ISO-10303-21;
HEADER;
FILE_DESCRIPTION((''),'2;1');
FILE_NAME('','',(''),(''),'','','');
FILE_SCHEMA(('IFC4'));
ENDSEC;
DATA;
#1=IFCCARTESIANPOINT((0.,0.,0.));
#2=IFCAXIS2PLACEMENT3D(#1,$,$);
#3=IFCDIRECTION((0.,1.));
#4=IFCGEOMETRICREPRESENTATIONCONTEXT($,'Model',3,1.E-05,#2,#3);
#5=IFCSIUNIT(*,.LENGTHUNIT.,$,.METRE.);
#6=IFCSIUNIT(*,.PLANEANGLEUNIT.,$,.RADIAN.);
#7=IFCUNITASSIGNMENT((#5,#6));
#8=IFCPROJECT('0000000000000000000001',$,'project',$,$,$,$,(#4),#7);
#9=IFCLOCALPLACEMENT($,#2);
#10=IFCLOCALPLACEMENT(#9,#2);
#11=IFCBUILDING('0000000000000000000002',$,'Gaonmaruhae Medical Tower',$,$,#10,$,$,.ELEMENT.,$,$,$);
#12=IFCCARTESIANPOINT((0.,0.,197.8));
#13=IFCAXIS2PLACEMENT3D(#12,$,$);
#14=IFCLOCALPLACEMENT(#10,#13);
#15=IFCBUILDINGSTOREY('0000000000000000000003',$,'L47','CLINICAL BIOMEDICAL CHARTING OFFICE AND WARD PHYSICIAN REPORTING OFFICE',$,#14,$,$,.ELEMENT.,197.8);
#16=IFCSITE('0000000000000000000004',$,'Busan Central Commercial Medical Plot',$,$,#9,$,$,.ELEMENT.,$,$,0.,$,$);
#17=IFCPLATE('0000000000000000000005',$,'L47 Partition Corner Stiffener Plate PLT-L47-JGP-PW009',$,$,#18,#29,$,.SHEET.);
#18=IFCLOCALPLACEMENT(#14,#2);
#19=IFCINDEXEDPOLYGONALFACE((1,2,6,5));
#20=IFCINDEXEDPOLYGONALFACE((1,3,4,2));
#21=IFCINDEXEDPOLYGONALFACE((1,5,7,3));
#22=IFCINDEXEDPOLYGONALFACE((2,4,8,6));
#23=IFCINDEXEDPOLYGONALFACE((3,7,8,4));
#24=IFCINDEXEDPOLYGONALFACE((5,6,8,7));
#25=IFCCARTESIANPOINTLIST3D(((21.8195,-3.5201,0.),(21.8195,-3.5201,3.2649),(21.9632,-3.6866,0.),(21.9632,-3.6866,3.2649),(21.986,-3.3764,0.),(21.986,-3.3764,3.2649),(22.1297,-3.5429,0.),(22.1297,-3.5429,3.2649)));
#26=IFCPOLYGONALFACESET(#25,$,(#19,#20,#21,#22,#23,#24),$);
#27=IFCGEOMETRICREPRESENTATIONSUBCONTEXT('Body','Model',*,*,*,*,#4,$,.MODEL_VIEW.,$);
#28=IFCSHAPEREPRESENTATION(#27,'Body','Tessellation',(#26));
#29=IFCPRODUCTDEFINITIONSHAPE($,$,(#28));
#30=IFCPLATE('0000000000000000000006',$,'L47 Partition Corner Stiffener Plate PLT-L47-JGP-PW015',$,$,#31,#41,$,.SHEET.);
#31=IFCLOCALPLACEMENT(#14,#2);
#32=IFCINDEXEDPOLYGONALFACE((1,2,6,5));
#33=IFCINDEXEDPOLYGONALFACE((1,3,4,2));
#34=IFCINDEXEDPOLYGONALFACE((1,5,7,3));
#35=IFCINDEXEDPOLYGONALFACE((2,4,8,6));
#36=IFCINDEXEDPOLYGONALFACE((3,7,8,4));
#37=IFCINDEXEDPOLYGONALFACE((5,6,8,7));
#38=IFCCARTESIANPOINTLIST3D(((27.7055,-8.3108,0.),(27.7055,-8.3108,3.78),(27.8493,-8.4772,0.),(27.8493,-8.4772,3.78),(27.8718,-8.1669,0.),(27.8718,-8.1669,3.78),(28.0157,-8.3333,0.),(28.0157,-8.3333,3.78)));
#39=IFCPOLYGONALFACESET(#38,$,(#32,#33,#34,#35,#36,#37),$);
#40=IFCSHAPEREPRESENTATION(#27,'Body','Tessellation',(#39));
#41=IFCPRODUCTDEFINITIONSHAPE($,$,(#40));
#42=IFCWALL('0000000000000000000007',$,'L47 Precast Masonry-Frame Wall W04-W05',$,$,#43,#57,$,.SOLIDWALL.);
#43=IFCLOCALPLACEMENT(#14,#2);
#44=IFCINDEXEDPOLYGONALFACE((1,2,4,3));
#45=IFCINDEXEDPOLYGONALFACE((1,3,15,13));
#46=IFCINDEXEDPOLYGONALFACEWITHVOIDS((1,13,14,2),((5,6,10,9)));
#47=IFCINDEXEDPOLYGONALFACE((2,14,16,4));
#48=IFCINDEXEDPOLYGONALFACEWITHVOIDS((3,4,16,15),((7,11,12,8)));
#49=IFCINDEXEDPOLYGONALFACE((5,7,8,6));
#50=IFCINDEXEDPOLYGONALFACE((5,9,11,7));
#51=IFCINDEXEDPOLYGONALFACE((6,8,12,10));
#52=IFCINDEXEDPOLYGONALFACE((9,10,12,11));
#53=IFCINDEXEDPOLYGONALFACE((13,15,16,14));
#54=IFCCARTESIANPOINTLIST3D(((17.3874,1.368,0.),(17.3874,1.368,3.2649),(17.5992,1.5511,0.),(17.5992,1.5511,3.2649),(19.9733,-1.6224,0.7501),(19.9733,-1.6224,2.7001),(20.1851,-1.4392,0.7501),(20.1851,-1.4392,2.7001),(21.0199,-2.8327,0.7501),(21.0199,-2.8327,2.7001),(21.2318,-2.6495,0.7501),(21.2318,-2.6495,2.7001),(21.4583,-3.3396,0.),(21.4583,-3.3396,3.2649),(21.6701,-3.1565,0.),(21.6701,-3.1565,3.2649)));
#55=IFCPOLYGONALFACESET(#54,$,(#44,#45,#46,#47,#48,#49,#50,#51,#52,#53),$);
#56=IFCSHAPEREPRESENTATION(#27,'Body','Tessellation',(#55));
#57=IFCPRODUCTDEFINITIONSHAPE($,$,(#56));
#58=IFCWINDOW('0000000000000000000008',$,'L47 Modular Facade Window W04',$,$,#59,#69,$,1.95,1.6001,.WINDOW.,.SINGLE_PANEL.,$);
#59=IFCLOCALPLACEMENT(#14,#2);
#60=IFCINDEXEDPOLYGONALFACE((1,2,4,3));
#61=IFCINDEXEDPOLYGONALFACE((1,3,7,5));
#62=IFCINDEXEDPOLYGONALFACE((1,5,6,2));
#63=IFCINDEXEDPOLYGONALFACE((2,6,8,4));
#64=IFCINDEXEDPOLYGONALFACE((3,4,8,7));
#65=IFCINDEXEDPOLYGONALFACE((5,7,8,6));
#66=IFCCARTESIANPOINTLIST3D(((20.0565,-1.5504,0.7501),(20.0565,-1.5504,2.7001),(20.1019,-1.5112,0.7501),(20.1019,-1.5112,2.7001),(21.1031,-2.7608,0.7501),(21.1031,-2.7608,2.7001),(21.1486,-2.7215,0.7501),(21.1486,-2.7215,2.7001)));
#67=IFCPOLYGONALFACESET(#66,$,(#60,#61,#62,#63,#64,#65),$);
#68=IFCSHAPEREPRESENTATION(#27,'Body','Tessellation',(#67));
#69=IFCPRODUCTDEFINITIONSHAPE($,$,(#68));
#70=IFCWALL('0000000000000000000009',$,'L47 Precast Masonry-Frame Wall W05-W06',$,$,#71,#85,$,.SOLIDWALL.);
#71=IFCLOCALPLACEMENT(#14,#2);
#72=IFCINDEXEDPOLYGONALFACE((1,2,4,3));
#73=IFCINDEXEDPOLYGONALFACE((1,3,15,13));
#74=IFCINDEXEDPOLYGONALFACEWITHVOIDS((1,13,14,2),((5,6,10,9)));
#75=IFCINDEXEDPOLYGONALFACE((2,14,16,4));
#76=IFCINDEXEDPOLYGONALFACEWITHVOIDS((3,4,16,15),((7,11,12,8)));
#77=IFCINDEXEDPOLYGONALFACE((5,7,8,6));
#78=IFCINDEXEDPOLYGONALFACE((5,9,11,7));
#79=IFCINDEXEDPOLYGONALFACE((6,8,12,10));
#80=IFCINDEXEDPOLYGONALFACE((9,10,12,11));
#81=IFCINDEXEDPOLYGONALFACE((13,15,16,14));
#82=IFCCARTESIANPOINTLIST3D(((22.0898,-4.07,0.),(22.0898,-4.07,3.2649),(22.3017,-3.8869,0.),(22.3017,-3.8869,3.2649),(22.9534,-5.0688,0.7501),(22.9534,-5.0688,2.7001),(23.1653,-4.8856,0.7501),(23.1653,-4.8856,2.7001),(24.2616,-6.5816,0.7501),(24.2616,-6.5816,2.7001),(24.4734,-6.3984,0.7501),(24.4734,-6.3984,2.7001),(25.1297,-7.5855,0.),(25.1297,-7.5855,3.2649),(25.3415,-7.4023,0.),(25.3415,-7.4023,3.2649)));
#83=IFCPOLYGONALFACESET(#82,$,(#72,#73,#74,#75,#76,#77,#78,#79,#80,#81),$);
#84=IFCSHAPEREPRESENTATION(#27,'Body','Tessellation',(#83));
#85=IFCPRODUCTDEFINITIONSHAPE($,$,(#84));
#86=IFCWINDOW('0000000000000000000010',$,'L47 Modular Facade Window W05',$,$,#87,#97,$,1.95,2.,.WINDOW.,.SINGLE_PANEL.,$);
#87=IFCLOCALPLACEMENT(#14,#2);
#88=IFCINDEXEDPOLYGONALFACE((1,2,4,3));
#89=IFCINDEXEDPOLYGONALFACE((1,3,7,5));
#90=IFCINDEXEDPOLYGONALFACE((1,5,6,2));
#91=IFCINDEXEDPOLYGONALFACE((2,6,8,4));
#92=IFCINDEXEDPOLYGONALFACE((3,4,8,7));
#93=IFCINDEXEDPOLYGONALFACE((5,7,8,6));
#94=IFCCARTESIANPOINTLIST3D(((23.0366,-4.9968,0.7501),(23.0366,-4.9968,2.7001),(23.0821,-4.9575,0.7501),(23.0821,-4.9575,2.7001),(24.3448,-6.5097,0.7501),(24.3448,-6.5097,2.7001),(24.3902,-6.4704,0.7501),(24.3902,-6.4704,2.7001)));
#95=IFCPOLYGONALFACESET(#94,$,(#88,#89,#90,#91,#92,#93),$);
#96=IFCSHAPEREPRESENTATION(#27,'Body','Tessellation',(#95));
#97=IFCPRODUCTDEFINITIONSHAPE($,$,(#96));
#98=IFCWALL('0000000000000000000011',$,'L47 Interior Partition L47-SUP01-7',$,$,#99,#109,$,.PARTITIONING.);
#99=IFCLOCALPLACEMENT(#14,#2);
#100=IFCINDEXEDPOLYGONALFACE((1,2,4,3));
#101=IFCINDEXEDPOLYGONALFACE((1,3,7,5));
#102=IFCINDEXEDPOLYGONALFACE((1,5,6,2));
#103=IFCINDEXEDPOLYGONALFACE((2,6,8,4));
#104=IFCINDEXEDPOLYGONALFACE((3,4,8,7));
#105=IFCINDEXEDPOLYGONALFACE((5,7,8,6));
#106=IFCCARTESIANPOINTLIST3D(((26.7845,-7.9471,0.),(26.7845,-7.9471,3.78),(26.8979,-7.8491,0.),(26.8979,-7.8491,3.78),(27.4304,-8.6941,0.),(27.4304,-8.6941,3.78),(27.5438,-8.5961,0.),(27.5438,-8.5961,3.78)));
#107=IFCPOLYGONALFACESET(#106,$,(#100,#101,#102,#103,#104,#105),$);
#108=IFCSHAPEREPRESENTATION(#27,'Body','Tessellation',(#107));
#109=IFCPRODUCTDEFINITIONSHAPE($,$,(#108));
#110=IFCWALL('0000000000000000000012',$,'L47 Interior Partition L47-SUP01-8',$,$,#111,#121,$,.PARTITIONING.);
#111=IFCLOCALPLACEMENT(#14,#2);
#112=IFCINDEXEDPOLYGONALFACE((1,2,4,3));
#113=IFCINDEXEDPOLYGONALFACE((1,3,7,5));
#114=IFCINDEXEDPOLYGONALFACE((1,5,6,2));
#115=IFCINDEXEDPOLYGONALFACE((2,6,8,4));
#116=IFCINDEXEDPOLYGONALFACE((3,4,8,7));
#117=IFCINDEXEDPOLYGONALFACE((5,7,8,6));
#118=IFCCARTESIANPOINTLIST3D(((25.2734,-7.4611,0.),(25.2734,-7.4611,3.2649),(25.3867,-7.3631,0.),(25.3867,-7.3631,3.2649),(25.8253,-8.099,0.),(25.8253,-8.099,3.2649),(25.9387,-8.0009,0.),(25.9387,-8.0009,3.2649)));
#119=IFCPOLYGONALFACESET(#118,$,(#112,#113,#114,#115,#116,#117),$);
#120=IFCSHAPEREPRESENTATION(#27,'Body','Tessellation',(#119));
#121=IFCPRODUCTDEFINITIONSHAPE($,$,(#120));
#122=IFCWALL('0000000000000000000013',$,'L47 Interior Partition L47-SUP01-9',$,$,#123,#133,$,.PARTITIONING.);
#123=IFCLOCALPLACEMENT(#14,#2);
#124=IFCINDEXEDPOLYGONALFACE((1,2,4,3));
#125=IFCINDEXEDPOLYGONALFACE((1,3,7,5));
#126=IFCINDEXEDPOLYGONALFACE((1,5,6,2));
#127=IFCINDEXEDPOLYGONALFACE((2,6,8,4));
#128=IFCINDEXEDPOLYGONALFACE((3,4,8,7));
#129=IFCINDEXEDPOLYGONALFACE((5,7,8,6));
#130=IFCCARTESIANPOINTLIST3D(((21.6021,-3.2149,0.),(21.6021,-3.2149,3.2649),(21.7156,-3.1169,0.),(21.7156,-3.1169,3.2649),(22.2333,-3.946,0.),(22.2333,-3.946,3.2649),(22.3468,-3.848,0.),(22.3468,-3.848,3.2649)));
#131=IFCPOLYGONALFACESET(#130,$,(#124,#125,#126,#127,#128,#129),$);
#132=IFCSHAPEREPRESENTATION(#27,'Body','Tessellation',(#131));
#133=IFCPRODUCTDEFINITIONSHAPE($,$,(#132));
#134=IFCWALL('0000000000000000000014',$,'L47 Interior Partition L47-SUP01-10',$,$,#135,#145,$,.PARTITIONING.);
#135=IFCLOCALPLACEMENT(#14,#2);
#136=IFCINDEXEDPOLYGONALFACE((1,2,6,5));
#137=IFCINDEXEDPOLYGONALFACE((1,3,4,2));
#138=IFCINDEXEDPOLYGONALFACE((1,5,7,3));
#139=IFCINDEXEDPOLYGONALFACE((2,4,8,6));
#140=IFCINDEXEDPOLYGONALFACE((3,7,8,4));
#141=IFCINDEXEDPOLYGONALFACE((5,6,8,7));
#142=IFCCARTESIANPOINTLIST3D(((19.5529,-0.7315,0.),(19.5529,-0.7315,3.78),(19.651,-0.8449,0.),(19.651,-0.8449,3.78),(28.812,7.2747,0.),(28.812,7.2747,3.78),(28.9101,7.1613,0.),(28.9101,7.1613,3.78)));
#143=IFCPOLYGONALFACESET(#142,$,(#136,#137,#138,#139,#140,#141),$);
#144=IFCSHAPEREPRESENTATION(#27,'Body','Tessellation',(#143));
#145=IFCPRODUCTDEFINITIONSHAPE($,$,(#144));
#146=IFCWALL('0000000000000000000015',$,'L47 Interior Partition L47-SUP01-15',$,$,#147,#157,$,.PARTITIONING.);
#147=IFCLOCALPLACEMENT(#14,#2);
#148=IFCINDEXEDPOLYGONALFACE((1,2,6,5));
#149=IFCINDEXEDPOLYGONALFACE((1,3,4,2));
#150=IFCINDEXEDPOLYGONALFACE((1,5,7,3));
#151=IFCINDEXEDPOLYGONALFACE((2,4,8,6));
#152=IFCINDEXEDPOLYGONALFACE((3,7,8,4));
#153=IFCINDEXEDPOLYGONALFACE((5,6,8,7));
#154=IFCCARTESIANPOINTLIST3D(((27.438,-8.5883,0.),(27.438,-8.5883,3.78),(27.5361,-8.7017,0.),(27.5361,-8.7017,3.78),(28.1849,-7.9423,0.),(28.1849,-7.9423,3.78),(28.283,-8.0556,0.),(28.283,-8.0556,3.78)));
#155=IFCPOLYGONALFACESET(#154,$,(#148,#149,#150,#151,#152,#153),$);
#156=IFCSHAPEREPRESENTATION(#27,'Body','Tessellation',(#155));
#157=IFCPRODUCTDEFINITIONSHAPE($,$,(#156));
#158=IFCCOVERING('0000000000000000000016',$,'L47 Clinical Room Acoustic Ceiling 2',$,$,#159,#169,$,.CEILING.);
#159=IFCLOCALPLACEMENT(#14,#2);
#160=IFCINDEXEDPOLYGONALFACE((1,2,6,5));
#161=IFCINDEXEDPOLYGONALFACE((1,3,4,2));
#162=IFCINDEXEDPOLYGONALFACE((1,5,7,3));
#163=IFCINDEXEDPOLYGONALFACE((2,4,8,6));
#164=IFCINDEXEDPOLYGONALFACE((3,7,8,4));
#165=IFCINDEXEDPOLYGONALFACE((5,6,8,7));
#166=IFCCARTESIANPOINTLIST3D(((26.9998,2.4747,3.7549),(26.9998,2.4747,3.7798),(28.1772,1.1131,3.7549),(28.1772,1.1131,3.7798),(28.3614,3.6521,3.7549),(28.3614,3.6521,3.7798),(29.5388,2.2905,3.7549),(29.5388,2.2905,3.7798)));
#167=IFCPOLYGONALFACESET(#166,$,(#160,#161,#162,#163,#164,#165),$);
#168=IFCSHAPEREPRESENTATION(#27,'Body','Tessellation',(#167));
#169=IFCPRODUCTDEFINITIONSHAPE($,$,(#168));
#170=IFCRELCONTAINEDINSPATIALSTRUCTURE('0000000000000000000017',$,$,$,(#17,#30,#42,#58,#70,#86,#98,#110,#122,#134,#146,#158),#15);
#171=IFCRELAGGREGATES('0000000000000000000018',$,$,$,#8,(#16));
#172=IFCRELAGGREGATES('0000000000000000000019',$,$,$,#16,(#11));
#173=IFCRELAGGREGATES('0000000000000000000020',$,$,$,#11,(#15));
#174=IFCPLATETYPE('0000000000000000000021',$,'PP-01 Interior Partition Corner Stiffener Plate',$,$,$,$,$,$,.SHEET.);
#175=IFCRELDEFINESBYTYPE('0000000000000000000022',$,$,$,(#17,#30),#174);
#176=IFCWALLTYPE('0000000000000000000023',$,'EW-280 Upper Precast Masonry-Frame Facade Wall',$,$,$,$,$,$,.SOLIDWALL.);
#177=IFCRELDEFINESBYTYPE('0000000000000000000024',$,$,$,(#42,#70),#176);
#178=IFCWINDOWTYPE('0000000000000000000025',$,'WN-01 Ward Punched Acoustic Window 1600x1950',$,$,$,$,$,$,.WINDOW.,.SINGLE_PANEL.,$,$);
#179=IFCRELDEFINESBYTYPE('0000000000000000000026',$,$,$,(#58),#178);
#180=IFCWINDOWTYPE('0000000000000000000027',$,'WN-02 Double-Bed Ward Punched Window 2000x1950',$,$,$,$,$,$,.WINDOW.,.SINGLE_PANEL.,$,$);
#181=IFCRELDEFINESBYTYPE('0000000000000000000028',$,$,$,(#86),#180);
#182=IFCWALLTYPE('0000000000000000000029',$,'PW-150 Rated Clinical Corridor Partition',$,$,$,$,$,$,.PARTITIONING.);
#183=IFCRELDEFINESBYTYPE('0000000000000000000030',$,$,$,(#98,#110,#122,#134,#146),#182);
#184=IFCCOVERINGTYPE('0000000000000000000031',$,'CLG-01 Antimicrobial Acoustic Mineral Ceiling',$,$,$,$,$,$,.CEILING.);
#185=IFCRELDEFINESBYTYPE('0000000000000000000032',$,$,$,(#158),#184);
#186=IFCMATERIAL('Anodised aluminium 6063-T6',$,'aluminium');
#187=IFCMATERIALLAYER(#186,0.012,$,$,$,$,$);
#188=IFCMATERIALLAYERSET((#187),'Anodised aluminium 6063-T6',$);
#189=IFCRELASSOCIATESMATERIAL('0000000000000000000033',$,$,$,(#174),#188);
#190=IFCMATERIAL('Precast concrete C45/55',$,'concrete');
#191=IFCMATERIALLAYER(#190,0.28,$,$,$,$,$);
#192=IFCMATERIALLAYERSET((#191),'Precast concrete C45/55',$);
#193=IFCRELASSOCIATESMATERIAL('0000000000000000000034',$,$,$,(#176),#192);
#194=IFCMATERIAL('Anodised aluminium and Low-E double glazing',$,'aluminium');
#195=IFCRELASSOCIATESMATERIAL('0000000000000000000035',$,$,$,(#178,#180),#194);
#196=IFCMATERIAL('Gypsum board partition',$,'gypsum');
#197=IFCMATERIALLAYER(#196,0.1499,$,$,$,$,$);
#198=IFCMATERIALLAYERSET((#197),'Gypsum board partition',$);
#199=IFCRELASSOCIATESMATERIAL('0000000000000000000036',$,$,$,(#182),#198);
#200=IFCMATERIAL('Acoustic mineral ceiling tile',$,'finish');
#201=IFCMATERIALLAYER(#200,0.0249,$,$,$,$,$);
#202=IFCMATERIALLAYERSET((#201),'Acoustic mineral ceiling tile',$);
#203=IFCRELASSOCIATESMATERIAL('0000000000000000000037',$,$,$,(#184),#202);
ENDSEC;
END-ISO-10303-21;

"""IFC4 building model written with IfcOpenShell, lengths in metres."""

from ifc_helpers import new_model, si_unit, direction, frame, frame_2d, origin, origin_2d, place, context, subcontext, project, spatial, rectangle, extrude, material, layer, layer_set, type_object, element, fill, save


model = new_model("IFC4")

# Units and contexts
model_context = context("Model", 3, precision=1e-05, world=origin(), true_north=direction((0.0, 1.0)))
body_context = subcontext(model_context, "Body", "Model", "MODEL_VIEW")
ifc_project = project(units=[si_unit("LENGTHUNIT", "METRE"), si_unit("PLANEANGLEUNIT", "RADIAN")], contexts=[model_context])

# Site, building, storey
site_placement = place(None, origin())
site = spatial("IfcSite", under=ifc_project, at=site_placement, Name="Busan Central Commercial Medical Plot", CompositionType="ELEMENT", RefElevation=0.0)
building_placement = place(site_placement, origin())
building = spatial("IfcBuilding", under=site, at=building_placement, Name="Gaonmaruhae Medical Tower", CompositionType="ELEMENT")
storey_placement = place(building_placement, frame((0.0, 0.0, 197.8)))
storey = spatial("IfcBuildingStorey", under=building, at=storey_placement, Name="L47", Description="CLINICAL BIOMEDICAL CHARTING OFFICE AND WARD PHYSICIAN REPORTING OFFICE", CompositionType="ELEMENT", Elevation=197.8)

# Plates
ifc_material_1 = material(Name="Anodised aluminium 6063-T6", Category="aluminium")
ifc_layer_1 = layer(ifc_material_1, 0.012)
ifc_layer_set_1 = layer_set([ifc_layer_1], Name="Anodised aluminium 6063-T6")
plate_type = type_object("IfcPlateType", Name="PP-01 Interior Partition Corner Stiffener Plate", PredefinedType="SHEET", material=ifc_layer_set_1)
plate_1_placement = place(storey_placement, frame((21.9746, -3.5315, 0.0), z_axis=(0.0, 0.0, 1.0), x_axis=(-0.653434, 0.756984, 0.0)))
element("IfcPlate", 1, at=plate_1_placement, inside=storey, type_object=plate_type, Name="L47 Partition Corner Stiffener Plate PLT-L47-JGP-PW009", PredefinedType="SHEET", context=body_context, shape_type="SweptSolid", body=[
    extrude(rectangle(XDim=0.22, YDim=0.22, at=origin_2d()), origin(), (0.0, 0.0, 1.0), 3.2649),
])
plate_2_placement = place(storey_placement, frame((27.8606, -8.322, 0.0), z_axis=(0.0, 0.0, 1.0), x_axis=(-0.75639, -0.654121, 0.0)))
element("IfcPlate", 2, at=plate_2_placement, inside=storey, type_object=plate_type, Name="L47 Partition Corner Stiffener Plate PLT-L47-JGP-PW015", PredefinedType="SHEET", context=body_context, shape_type="SweptSolid", body=[
    extrude(rectangle(XDim=0.22, YDim=0.22, at=origin_2d()), origin(), (0.0, 0.0, 1.0), 3.78),
])

# Walls, openings, windows
ifc_material_2 = material(Name="Precast concrete C45/55", Category="concrete")
ifc_layer_2 = layer(ifc_material_2, 0.28)
ifc_layer_set_2 = layer_set([ifc_layer_2], Name="Precast concrete C45/55")
wall_type_1 = type_object("IfcWallType", Name="EW-280 Upper Precast Masonry-Frame Facade Wall", PredefinedType="SOLIDWALL", material=ifc_layer_set_2)
wall_1_placement = place(storey_placement, frame((21.5642, -3.248, 0.0), z_axis=(0.0, 0.0, 1.0), x_axis=(-0.6541, 0.756408, 0.0)))
wall_1 = element("IfcWall", 3, at=wall_1_placement, inside=storey, type_object=wall_type_1, Name="L47 Precast Masonry-Frame Wall W04-W05", PredefinedType="SOLIDWALL", context=body_context, shape_type="SweptSolid", body=[
    extrude(rectangle(XDim=6.2236, YDim=0.28, at=frame_2d((3.1118, 0.0))), origin(), (0.0, 0.0, 1.0), 3.2649),
])
opening_1_placement = place(wall_1_placement, frame((0.6702, 0.0, 0.75)))
opening_1 = element("IfcOpeningElement", 4, at=opening_1_placement, cuts=wall_1, PredefinedType="OPENING", context=body_context, shape_type="SweptSolid", body=[
    extrude(rectangle(XDim=1.6001, YDim=1.95, at=frame_2d((0.8, 0.9751))), frame((0.0, 0.1499, 0.0), z_axis=(0.0, -1.0, 0.0), x_axis=(1.0, 0.0, 0.0)), (0.0, 0.0, 1.0), 0.3),
])
ifc_material_3 = material(Name="Anodised aluminium and Low-E double glazing", Category="aluminium")
window_type_1 = type_object("IfcWindowType", Name="WN-01 Ward Punched Acoustic Window 1600x1950", PartitioningType="SINGLE_PANEL", PredefinedType="WINDOW", material=ifc_material_3)
window_1_placement = place(opening_1_placement, origin())
window_1 = element("IfcWindow", 5, at=window_1_placement, inside=storey, type_object=window_type_1, Name="L47 Modular Facade Window W04", OverallHeight=1.95, OverallWidth=1.6001, PartitioningType="SINGLE_PANEL", PredefinedType="WINDOW", context=body_context, shape_type="SweptSolid", body=[
    extrude(rectangle(XDim=1.6001, YDim=1.95, at=frame_2d((0.8, 0.9751))), frame((0.0, 0.03, 0.0), z_axis=(0.0, -1.0, 0.0), x_axis=(1.0, 0.0, 0.0)), (0.0, 0.0, 1.0), 0.0601),
])
fill(opening_1, window_1)
wall_2_placement = place(storey_placement, frame((25.2356, -7.4939, 0.0), z_axis=(0.0, 0.0, 1.0), x_axis=(-0.654086, 0.75642, 0.0)))
wall_2 = element("IfcWall", 6, at=wall_2_placement, inside=storey, type_object=wall_type_1, Name="L47 Precast Masonry-Frame Wall W05-W06", PredefinedType="SOLIDWALL", context=body_context, shape_type="SweptSolid", body=[
    extrude(rectangle(XDim=4.6475, YDim=0.28, at=frame_2d((2.3237, 0.0))), origin(), (0.0, 0.0, 1.0), 3.2649),
])
opening_2_placement = place(wall_2_placement, frame((1.3271, 0.0, 0.75)))
opening_2 = element("IfcOpeningElement", 7, at=opening_2_placement, cuts=wall_2, PredefinedType="OPENING", context=body_context, shape_type="SweptSolid", body=[
    extrude(rectangle(XDim=2.0, YDim=1.95, at=frame_2d((1.0, 0.9751))), frame((0.0, 0.1499, 0.0), z_axis=(0.0, -1.0, 0.0), x_axis=(1.0, 0.0, 0.0)), (0.0, 0.0, 1.0), 0.3),
])
window_type_2 = type_object("IfcWindowType", Name="WN-02 Double-Bed Ward Punched Window 2000x1950", PartitioningType="SINGLE_PANEL", PredefinedType="WINDOW", material=ifc_material_3)
window_2_placement = place(opening_2_placement, origin())
window_2 = element("IfcWindow", 8, at=window_2_placement, inside=storey, type_object=window_type_2, Name="L47 Modular Facade Window W05", OverallHeight=1.95, OverallWidth=2.0, PartitioningType="SINGLE_PANEL", PredefinedType="WINDOW", context=body_context, shape_type="SweptSolid", body=[
    extrude(rectangle(XDim=2.0, YDim=1.95, at=frame_2d((1.0, 0.9751))), frame((0.0, 0.03, 0.0), z_axis=(0.0, -1.0, 0.0), x_axis=(1.0, 0.0, 0.0)), (0.0, 0.0, 1.0), 0.0601),
])
fill(opening_2, window_2)

# Walls
ifc_material_4 = material(Name="Gypsum board partition", Category="gypsum")
ifc_layer_3 = layer(ifc_material_4, 0.1499)
ifc_layer_set_3 = layer_set([ifc_layer_3], Name="Gypsum board partition")
wall_type_2 = type_object("IfcWallType", Name="PW-150 Rated Clinical Corridor Partition", PredefinedType="PARTITIONING", material=ifc_layer_set_3)
wall_3_placement = place(storey_placement, frame((27.4871, -8.645, 0.0), z_axis=(0.0, 0.0, 1.0), x_axis=(-0.654083, 0.756423, 0.0)))
element("IfcWall", 9, at=wall_3_placement, inside=storey, type_object=wall_type_2, Name="L47 Interior Partition L47-SUP01-7", PredefinedType="PARTITIONING", context=body_context, shape_type="SweptSolid", body=[
    extrude(rectangle(XDim=0.9875, YDim=0.1499, at=frame_2d((0.4937, 0.0))), origin(), (0.0, 0.0, 1.0), 3.78),
])
wall_4_placement = place(storey_placement, frame((25.8821, -8.05, 0.0), z_axis=(0.0, 0.0, 1.0), x_axis=(-0.654335, 0.756204, 0.0)))
element("IfcWall", 10, at=wall_4_placement, inside=storey, type_object=wall_type_2, Name="L47 Interior Partition L47-SUP01-8", PredefinedType="PARTITIONING", context=body_context, shape_type="SweptSolid", body=[
    extrude(rectangle(XDim=0.8435, YDim=0.1499, at=frame_2d((0.4219, 0.0))), origin(), (0.0, 0.0, 1.0), 3.2649),
])
wall_5_placement = place(storey_placement, frame((22.29, -3.897, 0.0), z_axis=(0.0, 0.0, 1.0), x_axis=(-0.653515, 0.756914, 0.0)))
element("IfcWall", 11, at=wall_5_placement, inside=storey, type_object=wall_type_2, Name="L47 Interior Partition L47-SUP01-9", PredefinedType="PARTITIONING", context=body_context, shape_type="SweptSolid", body=[
    extrude(rectangle(XDim=0.9658, YDim=0.1499, at=frame_2d((0.4829, 0.0))), origin(), (0.0, 0.0, 1.0), 3.2649),
])
wall_6_placement = place(storey_placement, frame((19.6021, -0.7881, 0.0), z_axis=(0.0, 0.0, 1.0), x_axis=(0.756432, 0.654072, 0.0)))
element("IfcWall", 12, at=wall_6_placement, inside=storey, type_object=wall_type_2, Name="L47 Interior Partition L47-SUP01-10", PredefinedType="PARTITIONING", context=body_context, shape_type="SweptSolid", body=[
    extrude(rectangle(XDim=12.2405, YDim=0.1499, at=frame_2d((6.1201, 0.0))), origin(), (0.0, 0.0, 1.0), 3.78),
])
wall_7_placement = place(storey_placement, frame((28.2339, -7.999, 0.0), z_axis=(0.0, 0.0, 1.0), x_axis=(-0.756317, -0.654205, 0.0)))
element("IfcWall", 13, at=wall_7_placement, inside=storey, type_object=wall_type_2, Name="L47 Interior Partition L47-SUP01-15", PredefinedType="PARTITIONING", context=body_context, shape_type="SweptSolid", body=[
    extrude(rectangle(XDim=0.9875, YDim=0.1499, at=frame_2d((0.4937, 0.0))), origin(), (0.0, 0.0, 1.0), 3.78),
])

# Covering
ifc_material_5 = material(Name="Acoustic mineral ceiling tile", Category="finish")
ifc_layer_4 = layer(ifc_material_5, 0.0249)
ifc_layer_set_4 = layer_set([ifc_layer_4], Name="Acoustic mineral ceiling tile")
covering_type_1 = type_object("IfcCoveringType", Name="CLG-01 Antimicrobial Acoustic Mineral Ceiling", PredefinedType="CEILING", material=ifc_layer_set_4)
covering_1_placement = place(storey_placement, frame((28.2693, 2.3826, 3.7549), z_axis=(0.0, 0.0, 1.0), x_axis=(0.756425, 0.654081, 0.0)))
element("IfcCovering", 14, at=covering_1_placement, inside=storey, type_object=covering_type_1, Name="L47 Clinical Room Acoustic Ceiling 2", PredefinedType="CEILING", context=body_context, shape_type="SweptSolid", body=[
    extrude(rectangle(XDim=1.8, YDim=1.8, at=origin_2d()), origin(), (0.0, 0.0, 1.0), 0.0249),
])

save(model, "model.ifc")
